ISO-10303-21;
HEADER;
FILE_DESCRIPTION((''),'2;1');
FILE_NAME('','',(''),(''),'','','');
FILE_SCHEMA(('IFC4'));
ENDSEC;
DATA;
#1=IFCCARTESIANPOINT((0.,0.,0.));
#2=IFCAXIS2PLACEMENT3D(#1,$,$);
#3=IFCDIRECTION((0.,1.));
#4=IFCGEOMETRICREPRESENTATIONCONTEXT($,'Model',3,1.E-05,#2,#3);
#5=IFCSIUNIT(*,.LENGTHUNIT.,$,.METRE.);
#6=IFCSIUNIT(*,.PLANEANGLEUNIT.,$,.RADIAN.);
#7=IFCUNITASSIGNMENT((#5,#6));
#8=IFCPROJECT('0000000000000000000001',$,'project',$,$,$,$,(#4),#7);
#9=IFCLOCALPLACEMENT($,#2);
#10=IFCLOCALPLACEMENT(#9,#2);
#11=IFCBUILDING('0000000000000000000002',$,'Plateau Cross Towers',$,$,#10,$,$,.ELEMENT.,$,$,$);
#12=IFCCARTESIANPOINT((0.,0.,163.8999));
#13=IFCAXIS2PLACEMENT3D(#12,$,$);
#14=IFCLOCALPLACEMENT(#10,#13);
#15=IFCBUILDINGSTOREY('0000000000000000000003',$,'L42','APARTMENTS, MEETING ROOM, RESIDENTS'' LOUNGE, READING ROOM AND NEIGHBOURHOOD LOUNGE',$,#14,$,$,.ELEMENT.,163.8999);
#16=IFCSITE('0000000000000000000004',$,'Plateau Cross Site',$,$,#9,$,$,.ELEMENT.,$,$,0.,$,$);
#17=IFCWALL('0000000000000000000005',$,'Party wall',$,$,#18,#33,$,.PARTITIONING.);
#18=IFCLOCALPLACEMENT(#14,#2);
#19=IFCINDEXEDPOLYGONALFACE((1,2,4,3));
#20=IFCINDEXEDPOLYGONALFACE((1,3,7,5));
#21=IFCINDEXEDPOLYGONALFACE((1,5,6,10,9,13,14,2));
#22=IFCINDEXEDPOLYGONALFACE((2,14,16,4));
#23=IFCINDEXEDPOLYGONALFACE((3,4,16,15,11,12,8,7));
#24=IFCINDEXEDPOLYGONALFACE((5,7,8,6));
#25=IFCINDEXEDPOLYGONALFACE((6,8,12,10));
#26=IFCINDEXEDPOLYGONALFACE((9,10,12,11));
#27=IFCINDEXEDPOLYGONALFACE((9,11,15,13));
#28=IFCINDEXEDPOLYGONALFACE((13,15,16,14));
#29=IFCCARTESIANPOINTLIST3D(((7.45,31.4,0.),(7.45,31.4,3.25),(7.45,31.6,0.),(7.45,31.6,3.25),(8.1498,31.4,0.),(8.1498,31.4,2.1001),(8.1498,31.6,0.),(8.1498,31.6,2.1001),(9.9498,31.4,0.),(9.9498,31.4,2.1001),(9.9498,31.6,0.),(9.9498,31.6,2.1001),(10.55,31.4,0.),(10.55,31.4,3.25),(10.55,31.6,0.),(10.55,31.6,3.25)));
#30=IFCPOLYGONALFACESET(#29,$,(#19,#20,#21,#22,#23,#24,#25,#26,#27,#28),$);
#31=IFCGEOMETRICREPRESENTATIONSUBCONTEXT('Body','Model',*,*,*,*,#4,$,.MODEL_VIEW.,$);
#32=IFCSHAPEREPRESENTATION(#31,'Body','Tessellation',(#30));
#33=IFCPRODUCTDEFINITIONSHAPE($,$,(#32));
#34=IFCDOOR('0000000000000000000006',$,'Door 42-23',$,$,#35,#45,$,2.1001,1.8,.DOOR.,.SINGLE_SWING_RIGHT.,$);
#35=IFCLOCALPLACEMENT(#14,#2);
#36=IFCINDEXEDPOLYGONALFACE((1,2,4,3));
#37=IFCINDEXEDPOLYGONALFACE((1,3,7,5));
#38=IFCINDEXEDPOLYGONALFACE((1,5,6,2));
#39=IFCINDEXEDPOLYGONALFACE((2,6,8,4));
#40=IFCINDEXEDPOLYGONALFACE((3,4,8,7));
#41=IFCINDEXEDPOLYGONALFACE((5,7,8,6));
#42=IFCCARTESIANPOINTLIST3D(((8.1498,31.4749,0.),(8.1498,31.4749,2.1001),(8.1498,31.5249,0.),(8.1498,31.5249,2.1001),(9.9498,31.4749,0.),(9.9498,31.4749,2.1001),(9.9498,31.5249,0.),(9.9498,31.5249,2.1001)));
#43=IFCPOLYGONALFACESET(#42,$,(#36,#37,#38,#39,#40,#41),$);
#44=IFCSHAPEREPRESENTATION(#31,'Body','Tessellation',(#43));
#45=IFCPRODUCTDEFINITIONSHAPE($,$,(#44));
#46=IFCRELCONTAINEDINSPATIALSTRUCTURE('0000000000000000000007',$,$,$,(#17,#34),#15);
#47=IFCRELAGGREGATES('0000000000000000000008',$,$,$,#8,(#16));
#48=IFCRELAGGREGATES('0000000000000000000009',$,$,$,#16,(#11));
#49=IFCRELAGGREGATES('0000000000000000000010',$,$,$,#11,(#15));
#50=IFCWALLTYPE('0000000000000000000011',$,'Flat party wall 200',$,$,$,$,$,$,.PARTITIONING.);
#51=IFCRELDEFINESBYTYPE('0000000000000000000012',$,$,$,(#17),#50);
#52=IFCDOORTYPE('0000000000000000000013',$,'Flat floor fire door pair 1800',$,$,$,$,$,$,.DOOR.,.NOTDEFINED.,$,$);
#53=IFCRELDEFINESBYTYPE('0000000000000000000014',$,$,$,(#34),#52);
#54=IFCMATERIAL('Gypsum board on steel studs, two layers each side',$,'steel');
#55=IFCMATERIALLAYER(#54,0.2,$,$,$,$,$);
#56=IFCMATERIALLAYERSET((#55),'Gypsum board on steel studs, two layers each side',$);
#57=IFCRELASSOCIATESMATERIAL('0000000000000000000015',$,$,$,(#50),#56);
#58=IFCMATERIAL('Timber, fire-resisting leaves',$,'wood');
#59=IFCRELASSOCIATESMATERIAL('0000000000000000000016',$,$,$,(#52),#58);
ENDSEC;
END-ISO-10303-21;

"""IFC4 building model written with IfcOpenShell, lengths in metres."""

from ifc_helpers import new_model, si_unit, direction, frame, frame_2d, origin, place, context, subcontext, project, spatial, rectangle, extrude, material, layer, layer_set, type_object, element, fill, save


model = new_model("IFC4")

# Units and contexts
model_context = context("Model", 3, precision=1e-05, world=origin(), true_north=direction((0.0, 1.0)))
body_context = subcontext(model_context, "Body", "Model", "MODEL_VIEW")
ifc_project = project(units=[si_unit("LENGTHUNIT", "METRE"), si_unit("PLANEANGLEUNIT", "RADIAN")], contexts=[model_context])

# Site, building, storey
site_placement = place(None, origin())
site = spatial("IfcSite", under=ifc_project, at=site_placement, Name="Plateau Cross Site", CompositionType="ELEMENT", RefElevation=0.0)
building_placement = place(site_placement, origin())
building = spatial("IfcBuilding", under=site, at=building_placement, Name="Plateau Cross Towers", CompositionType="ELEMENT")
storey_placement = place(building_placement, frame((0.0, 0.0, 163.8999)))
storey = spatial("IfcBuildingStorey", under=building, at=storey_placement, Name="L42", Description="APARTMENTS, MEETING ROOM, RESIDENTS' LOUNGE, READING ROOM AND NEIGHBOURHOOD LOUNGE", CompositionType="ELEMENT", Elevation=163.8999)

# Shared definitions
ifc_material_1 = material(Name="Gypsum board on steel studs, two layers each side", Category="steel")
ifc_layer_1 = layer(ifc_material_1, 0.2)
ifc_layer_set_1 = layer_set([ifc_layer_1], Name="Gypsum board on steel studs, two layers each side")
wall_type_1 = type_object("IfcWallType", Name="Flat party wall 200", PredefinedType="PARTITIONING", material=ifc_layer_set_1)

# Wall, opening, door
wall_1_placement = place(storey_placement, frame((7.45, 31.5, 0.0), z_axis=(0.0, 0.0, 1.0), x_axis=(1.0, 0.0, 0.0)))
wall_1 = element("IfcWall", 1, at=wall_1_placement, inside=storey, type_object=wall_type_1, Name="Party wall", PredefinedType="PARTITIONING", context=body_context, shape_type="SweptSolid", body=[
    extrude(rectangle(XDim=3.1001, YDim=0.2, at=frame_2d((1.55, 0.0))), origin(), (0.0, 0.0, 1.0), 3.25),
])
opening_1_placement = place(wall_1_placement, frame((0.7, 0.0, 0.0)))
opening_1 = element("IfcOpeningElement", 2, at=opening_1_placement, cuts=wall_1, PredefinedType="OPENING", context=body_context, shape_type="SweptSolid", body=[
    extrude(rectangle(XDim=1.8, YDim=2.1001, at=frame_2d((0.8999, 1.05))), frame((0.0, 0.1099, 0.0), z_axis=(0.0, -1.0, 0.0), x_axis=(1.0, 0.0, 0.0)), (0.0, 0.0, 1.0), 0.22),
])
ifc_material_2 = material(Name="Timber, fire-resisting leaves", Category="wood")
door_type_1 = type_object("IfcDoorType", Name="Flat floor fire door pair 1800", OperationType="NOTDEFINED", PredefinedType="DOOR", material=ifc_material_2)
door_1_placement = place(opening_1_placement, origin())
door_1 = element("IfcDoor", 3, at=door_1_placement, inside=storey, type_object=door_type_1, Name="Door 42-23", OperationType="SINGLE_SWING_RIGHT", OverallHeight=2.1001, OverallWidth=1.8, PredefinedType="DOOR", context=body_context, shape_type="SweptSolid", body=[
    extrude(rectangle(XDim=1.8, YDim=2.1001, at=frame_2d((0.8999, 1.05))), frame((0.0, 0.0249, 0.0), z_axis=(0.0, -1.0, 0.0), x_axis=(1.0, 0.0, 0.0)), (0.0, 0.0, 1.0), 0.05),
])
fill(opening_1, door_1)

save(model, "model.ifc")
